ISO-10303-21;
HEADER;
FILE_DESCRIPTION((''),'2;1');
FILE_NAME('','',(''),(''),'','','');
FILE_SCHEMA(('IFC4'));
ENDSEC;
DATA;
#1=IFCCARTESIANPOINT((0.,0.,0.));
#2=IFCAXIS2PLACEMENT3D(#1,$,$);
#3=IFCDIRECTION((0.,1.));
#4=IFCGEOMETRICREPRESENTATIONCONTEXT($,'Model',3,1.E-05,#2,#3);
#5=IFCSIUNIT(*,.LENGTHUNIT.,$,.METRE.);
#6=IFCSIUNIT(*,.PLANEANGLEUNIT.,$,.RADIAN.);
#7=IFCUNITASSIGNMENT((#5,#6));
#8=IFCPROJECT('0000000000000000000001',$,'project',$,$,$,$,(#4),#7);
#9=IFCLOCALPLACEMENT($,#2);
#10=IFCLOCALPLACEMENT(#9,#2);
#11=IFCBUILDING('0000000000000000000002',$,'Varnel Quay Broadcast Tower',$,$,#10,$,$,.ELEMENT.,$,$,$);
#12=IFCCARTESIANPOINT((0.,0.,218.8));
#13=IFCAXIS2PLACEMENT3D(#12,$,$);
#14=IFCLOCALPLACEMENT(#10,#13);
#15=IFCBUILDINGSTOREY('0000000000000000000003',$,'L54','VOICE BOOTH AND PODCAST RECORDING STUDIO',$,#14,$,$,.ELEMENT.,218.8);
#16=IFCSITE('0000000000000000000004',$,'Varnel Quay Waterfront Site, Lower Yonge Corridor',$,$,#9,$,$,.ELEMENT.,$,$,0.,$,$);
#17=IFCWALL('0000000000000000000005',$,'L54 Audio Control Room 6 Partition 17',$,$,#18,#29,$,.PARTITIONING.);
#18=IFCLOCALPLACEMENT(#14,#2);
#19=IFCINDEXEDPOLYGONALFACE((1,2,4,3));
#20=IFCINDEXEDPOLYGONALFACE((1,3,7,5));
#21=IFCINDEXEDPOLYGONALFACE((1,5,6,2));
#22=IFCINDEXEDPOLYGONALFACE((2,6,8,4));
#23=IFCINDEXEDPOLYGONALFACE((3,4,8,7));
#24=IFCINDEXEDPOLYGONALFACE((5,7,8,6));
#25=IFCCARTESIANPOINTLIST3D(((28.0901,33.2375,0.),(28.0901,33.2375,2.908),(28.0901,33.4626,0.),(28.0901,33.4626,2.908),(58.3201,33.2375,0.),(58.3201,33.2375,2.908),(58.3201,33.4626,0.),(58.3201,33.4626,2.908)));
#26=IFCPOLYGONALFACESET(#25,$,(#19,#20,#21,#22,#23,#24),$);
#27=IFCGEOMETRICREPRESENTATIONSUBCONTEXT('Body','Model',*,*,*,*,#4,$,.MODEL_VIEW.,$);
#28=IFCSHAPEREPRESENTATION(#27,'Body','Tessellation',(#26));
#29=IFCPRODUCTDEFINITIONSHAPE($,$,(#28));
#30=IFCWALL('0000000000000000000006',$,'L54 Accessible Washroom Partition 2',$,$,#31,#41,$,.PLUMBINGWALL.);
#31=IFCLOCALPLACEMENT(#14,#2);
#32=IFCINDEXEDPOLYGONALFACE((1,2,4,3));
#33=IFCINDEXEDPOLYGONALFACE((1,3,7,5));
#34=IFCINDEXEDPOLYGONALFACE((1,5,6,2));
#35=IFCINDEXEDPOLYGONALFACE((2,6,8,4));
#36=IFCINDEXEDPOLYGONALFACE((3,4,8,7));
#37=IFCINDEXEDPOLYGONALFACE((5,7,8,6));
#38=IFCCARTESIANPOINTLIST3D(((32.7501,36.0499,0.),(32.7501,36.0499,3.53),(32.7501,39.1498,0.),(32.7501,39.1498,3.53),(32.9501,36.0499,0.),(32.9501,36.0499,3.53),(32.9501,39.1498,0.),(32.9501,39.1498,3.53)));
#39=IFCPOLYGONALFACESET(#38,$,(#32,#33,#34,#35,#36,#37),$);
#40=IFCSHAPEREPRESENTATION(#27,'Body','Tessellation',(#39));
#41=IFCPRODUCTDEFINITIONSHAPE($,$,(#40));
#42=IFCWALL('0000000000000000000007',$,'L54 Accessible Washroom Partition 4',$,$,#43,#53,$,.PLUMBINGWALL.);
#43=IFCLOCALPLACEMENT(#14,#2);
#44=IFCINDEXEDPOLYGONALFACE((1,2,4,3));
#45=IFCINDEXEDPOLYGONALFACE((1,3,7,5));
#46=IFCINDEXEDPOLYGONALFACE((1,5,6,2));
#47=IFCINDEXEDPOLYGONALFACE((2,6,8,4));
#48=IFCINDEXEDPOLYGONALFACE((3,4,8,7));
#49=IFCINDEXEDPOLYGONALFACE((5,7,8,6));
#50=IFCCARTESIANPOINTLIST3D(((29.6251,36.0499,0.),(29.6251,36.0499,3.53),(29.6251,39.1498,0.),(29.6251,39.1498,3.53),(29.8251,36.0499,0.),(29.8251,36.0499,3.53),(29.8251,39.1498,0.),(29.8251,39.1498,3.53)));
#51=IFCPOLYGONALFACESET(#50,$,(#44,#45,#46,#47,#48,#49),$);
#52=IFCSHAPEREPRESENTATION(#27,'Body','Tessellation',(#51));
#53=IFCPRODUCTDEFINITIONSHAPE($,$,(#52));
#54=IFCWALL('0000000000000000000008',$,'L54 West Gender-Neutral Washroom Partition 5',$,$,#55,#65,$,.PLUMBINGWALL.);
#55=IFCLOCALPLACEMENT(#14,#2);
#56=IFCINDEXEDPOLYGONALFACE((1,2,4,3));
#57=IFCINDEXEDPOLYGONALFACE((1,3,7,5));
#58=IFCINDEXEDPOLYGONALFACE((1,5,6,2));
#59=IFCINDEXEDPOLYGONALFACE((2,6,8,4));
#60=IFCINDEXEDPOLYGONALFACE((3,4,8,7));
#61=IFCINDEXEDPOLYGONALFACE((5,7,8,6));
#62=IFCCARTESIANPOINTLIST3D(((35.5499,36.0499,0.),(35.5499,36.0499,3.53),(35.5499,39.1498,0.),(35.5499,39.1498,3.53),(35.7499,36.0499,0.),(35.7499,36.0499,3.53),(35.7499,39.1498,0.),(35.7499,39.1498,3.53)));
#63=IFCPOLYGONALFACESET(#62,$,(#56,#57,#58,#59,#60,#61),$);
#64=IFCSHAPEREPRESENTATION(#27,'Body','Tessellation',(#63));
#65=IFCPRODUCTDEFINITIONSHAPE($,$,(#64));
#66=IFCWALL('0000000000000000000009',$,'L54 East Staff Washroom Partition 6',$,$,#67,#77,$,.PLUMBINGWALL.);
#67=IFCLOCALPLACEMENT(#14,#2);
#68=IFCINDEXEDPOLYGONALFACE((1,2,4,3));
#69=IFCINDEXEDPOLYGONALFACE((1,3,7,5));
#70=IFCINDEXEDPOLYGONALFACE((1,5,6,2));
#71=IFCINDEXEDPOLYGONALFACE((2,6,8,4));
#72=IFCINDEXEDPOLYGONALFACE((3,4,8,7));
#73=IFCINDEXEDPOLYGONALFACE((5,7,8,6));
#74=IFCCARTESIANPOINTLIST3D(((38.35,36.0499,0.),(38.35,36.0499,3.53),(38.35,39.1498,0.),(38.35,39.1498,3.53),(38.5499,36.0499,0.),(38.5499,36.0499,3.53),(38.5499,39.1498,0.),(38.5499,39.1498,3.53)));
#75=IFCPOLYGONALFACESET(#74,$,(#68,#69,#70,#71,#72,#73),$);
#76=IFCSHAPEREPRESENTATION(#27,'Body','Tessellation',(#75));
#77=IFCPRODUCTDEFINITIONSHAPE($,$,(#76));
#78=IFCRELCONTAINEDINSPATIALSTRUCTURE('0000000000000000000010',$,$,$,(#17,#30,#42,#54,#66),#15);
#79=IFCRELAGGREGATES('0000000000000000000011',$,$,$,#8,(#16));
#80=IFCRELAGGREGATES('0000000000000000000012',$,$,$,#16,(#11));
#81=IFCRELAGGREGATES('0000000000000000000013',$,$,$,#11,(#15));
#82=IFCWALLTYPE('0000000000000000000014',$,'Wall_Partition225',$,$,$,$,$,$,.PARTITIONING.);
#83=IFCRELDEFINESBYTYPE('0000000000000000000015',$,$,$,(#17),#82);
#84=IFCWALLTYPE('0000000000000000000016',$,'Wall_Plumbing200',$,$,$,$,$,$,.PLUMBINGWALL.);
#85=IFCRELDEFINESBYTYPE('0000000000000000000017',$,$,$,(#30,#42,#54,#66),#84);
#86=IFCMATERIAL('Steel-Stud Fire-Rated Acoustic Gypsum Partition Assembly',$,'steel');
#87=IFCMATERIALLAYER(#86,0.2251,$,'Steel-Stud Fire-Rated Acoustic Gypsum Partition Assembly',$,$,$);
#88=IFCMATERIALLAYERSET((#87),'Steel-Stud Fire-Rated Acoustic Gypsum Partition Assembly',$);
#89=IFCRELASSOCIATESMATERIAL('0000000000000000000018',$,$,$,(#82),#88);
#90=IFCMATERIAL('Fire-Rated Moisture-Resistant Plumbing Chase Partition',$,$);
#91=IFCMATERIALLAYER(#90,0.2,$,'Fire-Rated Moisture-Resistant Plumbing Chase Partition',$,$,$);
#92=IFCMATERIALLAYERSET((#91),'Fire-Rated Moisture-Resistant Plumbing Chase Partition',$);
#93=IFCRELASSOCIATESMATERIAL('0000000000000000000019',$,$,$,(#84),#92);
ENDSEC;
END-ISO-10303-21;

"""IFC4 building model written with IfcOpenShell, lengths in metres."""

from ifc_helpers import new_model, si_unit, direction, frame, frame_2d, origin, place, context, subcontext, project, spatial, rectangle, extrude, material, layer, layer_set, type_object, element, save


model = new_model("IFC4")

# Units and contexts
model_context = context("Model", 3, precision=1e-05, world=origin(), true_north=direction((0.0, 1.0)))
body_context = subcontext(model_context, "Body", "Model", "MODEL_VIEW")
ifc_project = project(units=[si_unit("LENGTHUNIT", "METRE"), si_unit("PLANEANGLEUNIT", "RADIAN")], contexts=[model_context])

# Site, building, storey
site_placement = place(None, origin())
site = spatial("IfcSite", under=ifc_project, at=site_placement, Name="Varnel Quay Waterfront Site, Lower Yonge Corridor", CompositionType="ELEMENT", RefElevation=0.0)
building_placement = place(site_placement, origin())
building = spatial("IfcBuilding", under=site, at=building_placement, Name="Varnel Quay Broadcast Tower", CompositionType="ELEMENT")
storey_placement = place(building_placement, frame((0.0, 0.0, 218.8)))
storey = spatial("IfcBuildingStorey", under=building, at=storey_placement, Name="L54", Description="VOICE BOOTH AND PODCAST RECORDING STUDIO", CompositionType="ELEMENT", Elevation=218.8)

# Walls
ifc_material_1 = material(Name="Steel-Stud Fire-Rated Acoustic Gypsum Partition Assembly", Category="steel")
ifc_layer_1 = layer(ifc_material_1, 0.2251, Name="Steel-Stud Fire-Rated Acoustic Gypsum Partition Assembly")
ifc_layer_set_1 = layer_set([ifc_layer_1], Name="Steel-Stud Fire-Rated Acoustic Gypsum Partition Assembly")
wall_type_1 = type_object("IfcWallType", Name="Wall_Partition225", PredefinedType="PARTITIONING", material=ifc_layer_set_1)
wall_1_placement = place(storey_placement, frame((28.0901, 33.3501, 0.0), z_axis=(0.0, 0.0, 1.0), x_axis=(1.0, 0.0, 0.0)))
element("IfcWall", 1, at=wall_1_placement, inside=storey, type_object=wall_type_1, Name="L54 Audio Control Room 6 Partition 17", PredefinedType="PARTITIONING", context=body_context, shape_type="SweptSolid", body=[
    extrude(rectangle(XDim=30.23, YDim=0.2251, at=frame_2d((15.115, 0.0))), origin(), (0.0, 0.0, 1.0), 2.908),
])
ifc_material_2 = material(Name="Fire-Rated Moisture-Resistant Plumbing Chase Partition")
ifc_layer_2 = layer(ifc_material_2, 0.2, Name="Fire-Rated Moisture-Resistant Plumbing Chase Partition")
ifc_layer_set_2 = layer_set([ifc_layer_2], Name="Fire-Rated Moisture-Resistant Plumbing Chase Partition")
wall_type_2 = type_object("IfcWallType", Name="Wall_Plumbing200", PredefinedType="PLUMBINGWALL", material=ifc_layer_set_2)
for number, where, z_axis, x_axis, name in (
    (2, (32.8501, 36.05, 0.0), (0.0, 0.0, 1.0), (0.0, 1.0, 0.0), "L54 Accessible Washroom Partition 2"),
    (3, (29.7251, 36.05, 0.0), (0.0, 0.0, 1.0), (0.0, 1.0, 0.0), "L54 Accessible Washroom Partition 4"),
    (4, (35.6499, 36.05, 0.0), (0.0, 0.0, 1.0), (0.0, 1.0, 0.0), "L54 West Gender-Neutral Washroom Partition 5"),
    (5, (38.45, 36.05, 0.0), (0.0, 0.0, 1.0), (0.0, 1.0, 0.0), "L54 East Staff Washroom Partition 6"),
):
    element("IfcWall", number, at=place(storey_placement, frame(where, z_axis=z_axis, x_axis=x_axis)), inside=storey, type_object=wall_type_2, Name=name, PredefinedType="PLUMBINGWALL", context=body_context, shape_type="SweptSolid", body=[
        extrude(rectangle(XDim=3.0999, YDim=0.2, at=frame_2d((1.5498, 0.0))), origin(), (0.0, 0.0, 1.0), 3.53),
    ])

save(model, "model.ifc")
